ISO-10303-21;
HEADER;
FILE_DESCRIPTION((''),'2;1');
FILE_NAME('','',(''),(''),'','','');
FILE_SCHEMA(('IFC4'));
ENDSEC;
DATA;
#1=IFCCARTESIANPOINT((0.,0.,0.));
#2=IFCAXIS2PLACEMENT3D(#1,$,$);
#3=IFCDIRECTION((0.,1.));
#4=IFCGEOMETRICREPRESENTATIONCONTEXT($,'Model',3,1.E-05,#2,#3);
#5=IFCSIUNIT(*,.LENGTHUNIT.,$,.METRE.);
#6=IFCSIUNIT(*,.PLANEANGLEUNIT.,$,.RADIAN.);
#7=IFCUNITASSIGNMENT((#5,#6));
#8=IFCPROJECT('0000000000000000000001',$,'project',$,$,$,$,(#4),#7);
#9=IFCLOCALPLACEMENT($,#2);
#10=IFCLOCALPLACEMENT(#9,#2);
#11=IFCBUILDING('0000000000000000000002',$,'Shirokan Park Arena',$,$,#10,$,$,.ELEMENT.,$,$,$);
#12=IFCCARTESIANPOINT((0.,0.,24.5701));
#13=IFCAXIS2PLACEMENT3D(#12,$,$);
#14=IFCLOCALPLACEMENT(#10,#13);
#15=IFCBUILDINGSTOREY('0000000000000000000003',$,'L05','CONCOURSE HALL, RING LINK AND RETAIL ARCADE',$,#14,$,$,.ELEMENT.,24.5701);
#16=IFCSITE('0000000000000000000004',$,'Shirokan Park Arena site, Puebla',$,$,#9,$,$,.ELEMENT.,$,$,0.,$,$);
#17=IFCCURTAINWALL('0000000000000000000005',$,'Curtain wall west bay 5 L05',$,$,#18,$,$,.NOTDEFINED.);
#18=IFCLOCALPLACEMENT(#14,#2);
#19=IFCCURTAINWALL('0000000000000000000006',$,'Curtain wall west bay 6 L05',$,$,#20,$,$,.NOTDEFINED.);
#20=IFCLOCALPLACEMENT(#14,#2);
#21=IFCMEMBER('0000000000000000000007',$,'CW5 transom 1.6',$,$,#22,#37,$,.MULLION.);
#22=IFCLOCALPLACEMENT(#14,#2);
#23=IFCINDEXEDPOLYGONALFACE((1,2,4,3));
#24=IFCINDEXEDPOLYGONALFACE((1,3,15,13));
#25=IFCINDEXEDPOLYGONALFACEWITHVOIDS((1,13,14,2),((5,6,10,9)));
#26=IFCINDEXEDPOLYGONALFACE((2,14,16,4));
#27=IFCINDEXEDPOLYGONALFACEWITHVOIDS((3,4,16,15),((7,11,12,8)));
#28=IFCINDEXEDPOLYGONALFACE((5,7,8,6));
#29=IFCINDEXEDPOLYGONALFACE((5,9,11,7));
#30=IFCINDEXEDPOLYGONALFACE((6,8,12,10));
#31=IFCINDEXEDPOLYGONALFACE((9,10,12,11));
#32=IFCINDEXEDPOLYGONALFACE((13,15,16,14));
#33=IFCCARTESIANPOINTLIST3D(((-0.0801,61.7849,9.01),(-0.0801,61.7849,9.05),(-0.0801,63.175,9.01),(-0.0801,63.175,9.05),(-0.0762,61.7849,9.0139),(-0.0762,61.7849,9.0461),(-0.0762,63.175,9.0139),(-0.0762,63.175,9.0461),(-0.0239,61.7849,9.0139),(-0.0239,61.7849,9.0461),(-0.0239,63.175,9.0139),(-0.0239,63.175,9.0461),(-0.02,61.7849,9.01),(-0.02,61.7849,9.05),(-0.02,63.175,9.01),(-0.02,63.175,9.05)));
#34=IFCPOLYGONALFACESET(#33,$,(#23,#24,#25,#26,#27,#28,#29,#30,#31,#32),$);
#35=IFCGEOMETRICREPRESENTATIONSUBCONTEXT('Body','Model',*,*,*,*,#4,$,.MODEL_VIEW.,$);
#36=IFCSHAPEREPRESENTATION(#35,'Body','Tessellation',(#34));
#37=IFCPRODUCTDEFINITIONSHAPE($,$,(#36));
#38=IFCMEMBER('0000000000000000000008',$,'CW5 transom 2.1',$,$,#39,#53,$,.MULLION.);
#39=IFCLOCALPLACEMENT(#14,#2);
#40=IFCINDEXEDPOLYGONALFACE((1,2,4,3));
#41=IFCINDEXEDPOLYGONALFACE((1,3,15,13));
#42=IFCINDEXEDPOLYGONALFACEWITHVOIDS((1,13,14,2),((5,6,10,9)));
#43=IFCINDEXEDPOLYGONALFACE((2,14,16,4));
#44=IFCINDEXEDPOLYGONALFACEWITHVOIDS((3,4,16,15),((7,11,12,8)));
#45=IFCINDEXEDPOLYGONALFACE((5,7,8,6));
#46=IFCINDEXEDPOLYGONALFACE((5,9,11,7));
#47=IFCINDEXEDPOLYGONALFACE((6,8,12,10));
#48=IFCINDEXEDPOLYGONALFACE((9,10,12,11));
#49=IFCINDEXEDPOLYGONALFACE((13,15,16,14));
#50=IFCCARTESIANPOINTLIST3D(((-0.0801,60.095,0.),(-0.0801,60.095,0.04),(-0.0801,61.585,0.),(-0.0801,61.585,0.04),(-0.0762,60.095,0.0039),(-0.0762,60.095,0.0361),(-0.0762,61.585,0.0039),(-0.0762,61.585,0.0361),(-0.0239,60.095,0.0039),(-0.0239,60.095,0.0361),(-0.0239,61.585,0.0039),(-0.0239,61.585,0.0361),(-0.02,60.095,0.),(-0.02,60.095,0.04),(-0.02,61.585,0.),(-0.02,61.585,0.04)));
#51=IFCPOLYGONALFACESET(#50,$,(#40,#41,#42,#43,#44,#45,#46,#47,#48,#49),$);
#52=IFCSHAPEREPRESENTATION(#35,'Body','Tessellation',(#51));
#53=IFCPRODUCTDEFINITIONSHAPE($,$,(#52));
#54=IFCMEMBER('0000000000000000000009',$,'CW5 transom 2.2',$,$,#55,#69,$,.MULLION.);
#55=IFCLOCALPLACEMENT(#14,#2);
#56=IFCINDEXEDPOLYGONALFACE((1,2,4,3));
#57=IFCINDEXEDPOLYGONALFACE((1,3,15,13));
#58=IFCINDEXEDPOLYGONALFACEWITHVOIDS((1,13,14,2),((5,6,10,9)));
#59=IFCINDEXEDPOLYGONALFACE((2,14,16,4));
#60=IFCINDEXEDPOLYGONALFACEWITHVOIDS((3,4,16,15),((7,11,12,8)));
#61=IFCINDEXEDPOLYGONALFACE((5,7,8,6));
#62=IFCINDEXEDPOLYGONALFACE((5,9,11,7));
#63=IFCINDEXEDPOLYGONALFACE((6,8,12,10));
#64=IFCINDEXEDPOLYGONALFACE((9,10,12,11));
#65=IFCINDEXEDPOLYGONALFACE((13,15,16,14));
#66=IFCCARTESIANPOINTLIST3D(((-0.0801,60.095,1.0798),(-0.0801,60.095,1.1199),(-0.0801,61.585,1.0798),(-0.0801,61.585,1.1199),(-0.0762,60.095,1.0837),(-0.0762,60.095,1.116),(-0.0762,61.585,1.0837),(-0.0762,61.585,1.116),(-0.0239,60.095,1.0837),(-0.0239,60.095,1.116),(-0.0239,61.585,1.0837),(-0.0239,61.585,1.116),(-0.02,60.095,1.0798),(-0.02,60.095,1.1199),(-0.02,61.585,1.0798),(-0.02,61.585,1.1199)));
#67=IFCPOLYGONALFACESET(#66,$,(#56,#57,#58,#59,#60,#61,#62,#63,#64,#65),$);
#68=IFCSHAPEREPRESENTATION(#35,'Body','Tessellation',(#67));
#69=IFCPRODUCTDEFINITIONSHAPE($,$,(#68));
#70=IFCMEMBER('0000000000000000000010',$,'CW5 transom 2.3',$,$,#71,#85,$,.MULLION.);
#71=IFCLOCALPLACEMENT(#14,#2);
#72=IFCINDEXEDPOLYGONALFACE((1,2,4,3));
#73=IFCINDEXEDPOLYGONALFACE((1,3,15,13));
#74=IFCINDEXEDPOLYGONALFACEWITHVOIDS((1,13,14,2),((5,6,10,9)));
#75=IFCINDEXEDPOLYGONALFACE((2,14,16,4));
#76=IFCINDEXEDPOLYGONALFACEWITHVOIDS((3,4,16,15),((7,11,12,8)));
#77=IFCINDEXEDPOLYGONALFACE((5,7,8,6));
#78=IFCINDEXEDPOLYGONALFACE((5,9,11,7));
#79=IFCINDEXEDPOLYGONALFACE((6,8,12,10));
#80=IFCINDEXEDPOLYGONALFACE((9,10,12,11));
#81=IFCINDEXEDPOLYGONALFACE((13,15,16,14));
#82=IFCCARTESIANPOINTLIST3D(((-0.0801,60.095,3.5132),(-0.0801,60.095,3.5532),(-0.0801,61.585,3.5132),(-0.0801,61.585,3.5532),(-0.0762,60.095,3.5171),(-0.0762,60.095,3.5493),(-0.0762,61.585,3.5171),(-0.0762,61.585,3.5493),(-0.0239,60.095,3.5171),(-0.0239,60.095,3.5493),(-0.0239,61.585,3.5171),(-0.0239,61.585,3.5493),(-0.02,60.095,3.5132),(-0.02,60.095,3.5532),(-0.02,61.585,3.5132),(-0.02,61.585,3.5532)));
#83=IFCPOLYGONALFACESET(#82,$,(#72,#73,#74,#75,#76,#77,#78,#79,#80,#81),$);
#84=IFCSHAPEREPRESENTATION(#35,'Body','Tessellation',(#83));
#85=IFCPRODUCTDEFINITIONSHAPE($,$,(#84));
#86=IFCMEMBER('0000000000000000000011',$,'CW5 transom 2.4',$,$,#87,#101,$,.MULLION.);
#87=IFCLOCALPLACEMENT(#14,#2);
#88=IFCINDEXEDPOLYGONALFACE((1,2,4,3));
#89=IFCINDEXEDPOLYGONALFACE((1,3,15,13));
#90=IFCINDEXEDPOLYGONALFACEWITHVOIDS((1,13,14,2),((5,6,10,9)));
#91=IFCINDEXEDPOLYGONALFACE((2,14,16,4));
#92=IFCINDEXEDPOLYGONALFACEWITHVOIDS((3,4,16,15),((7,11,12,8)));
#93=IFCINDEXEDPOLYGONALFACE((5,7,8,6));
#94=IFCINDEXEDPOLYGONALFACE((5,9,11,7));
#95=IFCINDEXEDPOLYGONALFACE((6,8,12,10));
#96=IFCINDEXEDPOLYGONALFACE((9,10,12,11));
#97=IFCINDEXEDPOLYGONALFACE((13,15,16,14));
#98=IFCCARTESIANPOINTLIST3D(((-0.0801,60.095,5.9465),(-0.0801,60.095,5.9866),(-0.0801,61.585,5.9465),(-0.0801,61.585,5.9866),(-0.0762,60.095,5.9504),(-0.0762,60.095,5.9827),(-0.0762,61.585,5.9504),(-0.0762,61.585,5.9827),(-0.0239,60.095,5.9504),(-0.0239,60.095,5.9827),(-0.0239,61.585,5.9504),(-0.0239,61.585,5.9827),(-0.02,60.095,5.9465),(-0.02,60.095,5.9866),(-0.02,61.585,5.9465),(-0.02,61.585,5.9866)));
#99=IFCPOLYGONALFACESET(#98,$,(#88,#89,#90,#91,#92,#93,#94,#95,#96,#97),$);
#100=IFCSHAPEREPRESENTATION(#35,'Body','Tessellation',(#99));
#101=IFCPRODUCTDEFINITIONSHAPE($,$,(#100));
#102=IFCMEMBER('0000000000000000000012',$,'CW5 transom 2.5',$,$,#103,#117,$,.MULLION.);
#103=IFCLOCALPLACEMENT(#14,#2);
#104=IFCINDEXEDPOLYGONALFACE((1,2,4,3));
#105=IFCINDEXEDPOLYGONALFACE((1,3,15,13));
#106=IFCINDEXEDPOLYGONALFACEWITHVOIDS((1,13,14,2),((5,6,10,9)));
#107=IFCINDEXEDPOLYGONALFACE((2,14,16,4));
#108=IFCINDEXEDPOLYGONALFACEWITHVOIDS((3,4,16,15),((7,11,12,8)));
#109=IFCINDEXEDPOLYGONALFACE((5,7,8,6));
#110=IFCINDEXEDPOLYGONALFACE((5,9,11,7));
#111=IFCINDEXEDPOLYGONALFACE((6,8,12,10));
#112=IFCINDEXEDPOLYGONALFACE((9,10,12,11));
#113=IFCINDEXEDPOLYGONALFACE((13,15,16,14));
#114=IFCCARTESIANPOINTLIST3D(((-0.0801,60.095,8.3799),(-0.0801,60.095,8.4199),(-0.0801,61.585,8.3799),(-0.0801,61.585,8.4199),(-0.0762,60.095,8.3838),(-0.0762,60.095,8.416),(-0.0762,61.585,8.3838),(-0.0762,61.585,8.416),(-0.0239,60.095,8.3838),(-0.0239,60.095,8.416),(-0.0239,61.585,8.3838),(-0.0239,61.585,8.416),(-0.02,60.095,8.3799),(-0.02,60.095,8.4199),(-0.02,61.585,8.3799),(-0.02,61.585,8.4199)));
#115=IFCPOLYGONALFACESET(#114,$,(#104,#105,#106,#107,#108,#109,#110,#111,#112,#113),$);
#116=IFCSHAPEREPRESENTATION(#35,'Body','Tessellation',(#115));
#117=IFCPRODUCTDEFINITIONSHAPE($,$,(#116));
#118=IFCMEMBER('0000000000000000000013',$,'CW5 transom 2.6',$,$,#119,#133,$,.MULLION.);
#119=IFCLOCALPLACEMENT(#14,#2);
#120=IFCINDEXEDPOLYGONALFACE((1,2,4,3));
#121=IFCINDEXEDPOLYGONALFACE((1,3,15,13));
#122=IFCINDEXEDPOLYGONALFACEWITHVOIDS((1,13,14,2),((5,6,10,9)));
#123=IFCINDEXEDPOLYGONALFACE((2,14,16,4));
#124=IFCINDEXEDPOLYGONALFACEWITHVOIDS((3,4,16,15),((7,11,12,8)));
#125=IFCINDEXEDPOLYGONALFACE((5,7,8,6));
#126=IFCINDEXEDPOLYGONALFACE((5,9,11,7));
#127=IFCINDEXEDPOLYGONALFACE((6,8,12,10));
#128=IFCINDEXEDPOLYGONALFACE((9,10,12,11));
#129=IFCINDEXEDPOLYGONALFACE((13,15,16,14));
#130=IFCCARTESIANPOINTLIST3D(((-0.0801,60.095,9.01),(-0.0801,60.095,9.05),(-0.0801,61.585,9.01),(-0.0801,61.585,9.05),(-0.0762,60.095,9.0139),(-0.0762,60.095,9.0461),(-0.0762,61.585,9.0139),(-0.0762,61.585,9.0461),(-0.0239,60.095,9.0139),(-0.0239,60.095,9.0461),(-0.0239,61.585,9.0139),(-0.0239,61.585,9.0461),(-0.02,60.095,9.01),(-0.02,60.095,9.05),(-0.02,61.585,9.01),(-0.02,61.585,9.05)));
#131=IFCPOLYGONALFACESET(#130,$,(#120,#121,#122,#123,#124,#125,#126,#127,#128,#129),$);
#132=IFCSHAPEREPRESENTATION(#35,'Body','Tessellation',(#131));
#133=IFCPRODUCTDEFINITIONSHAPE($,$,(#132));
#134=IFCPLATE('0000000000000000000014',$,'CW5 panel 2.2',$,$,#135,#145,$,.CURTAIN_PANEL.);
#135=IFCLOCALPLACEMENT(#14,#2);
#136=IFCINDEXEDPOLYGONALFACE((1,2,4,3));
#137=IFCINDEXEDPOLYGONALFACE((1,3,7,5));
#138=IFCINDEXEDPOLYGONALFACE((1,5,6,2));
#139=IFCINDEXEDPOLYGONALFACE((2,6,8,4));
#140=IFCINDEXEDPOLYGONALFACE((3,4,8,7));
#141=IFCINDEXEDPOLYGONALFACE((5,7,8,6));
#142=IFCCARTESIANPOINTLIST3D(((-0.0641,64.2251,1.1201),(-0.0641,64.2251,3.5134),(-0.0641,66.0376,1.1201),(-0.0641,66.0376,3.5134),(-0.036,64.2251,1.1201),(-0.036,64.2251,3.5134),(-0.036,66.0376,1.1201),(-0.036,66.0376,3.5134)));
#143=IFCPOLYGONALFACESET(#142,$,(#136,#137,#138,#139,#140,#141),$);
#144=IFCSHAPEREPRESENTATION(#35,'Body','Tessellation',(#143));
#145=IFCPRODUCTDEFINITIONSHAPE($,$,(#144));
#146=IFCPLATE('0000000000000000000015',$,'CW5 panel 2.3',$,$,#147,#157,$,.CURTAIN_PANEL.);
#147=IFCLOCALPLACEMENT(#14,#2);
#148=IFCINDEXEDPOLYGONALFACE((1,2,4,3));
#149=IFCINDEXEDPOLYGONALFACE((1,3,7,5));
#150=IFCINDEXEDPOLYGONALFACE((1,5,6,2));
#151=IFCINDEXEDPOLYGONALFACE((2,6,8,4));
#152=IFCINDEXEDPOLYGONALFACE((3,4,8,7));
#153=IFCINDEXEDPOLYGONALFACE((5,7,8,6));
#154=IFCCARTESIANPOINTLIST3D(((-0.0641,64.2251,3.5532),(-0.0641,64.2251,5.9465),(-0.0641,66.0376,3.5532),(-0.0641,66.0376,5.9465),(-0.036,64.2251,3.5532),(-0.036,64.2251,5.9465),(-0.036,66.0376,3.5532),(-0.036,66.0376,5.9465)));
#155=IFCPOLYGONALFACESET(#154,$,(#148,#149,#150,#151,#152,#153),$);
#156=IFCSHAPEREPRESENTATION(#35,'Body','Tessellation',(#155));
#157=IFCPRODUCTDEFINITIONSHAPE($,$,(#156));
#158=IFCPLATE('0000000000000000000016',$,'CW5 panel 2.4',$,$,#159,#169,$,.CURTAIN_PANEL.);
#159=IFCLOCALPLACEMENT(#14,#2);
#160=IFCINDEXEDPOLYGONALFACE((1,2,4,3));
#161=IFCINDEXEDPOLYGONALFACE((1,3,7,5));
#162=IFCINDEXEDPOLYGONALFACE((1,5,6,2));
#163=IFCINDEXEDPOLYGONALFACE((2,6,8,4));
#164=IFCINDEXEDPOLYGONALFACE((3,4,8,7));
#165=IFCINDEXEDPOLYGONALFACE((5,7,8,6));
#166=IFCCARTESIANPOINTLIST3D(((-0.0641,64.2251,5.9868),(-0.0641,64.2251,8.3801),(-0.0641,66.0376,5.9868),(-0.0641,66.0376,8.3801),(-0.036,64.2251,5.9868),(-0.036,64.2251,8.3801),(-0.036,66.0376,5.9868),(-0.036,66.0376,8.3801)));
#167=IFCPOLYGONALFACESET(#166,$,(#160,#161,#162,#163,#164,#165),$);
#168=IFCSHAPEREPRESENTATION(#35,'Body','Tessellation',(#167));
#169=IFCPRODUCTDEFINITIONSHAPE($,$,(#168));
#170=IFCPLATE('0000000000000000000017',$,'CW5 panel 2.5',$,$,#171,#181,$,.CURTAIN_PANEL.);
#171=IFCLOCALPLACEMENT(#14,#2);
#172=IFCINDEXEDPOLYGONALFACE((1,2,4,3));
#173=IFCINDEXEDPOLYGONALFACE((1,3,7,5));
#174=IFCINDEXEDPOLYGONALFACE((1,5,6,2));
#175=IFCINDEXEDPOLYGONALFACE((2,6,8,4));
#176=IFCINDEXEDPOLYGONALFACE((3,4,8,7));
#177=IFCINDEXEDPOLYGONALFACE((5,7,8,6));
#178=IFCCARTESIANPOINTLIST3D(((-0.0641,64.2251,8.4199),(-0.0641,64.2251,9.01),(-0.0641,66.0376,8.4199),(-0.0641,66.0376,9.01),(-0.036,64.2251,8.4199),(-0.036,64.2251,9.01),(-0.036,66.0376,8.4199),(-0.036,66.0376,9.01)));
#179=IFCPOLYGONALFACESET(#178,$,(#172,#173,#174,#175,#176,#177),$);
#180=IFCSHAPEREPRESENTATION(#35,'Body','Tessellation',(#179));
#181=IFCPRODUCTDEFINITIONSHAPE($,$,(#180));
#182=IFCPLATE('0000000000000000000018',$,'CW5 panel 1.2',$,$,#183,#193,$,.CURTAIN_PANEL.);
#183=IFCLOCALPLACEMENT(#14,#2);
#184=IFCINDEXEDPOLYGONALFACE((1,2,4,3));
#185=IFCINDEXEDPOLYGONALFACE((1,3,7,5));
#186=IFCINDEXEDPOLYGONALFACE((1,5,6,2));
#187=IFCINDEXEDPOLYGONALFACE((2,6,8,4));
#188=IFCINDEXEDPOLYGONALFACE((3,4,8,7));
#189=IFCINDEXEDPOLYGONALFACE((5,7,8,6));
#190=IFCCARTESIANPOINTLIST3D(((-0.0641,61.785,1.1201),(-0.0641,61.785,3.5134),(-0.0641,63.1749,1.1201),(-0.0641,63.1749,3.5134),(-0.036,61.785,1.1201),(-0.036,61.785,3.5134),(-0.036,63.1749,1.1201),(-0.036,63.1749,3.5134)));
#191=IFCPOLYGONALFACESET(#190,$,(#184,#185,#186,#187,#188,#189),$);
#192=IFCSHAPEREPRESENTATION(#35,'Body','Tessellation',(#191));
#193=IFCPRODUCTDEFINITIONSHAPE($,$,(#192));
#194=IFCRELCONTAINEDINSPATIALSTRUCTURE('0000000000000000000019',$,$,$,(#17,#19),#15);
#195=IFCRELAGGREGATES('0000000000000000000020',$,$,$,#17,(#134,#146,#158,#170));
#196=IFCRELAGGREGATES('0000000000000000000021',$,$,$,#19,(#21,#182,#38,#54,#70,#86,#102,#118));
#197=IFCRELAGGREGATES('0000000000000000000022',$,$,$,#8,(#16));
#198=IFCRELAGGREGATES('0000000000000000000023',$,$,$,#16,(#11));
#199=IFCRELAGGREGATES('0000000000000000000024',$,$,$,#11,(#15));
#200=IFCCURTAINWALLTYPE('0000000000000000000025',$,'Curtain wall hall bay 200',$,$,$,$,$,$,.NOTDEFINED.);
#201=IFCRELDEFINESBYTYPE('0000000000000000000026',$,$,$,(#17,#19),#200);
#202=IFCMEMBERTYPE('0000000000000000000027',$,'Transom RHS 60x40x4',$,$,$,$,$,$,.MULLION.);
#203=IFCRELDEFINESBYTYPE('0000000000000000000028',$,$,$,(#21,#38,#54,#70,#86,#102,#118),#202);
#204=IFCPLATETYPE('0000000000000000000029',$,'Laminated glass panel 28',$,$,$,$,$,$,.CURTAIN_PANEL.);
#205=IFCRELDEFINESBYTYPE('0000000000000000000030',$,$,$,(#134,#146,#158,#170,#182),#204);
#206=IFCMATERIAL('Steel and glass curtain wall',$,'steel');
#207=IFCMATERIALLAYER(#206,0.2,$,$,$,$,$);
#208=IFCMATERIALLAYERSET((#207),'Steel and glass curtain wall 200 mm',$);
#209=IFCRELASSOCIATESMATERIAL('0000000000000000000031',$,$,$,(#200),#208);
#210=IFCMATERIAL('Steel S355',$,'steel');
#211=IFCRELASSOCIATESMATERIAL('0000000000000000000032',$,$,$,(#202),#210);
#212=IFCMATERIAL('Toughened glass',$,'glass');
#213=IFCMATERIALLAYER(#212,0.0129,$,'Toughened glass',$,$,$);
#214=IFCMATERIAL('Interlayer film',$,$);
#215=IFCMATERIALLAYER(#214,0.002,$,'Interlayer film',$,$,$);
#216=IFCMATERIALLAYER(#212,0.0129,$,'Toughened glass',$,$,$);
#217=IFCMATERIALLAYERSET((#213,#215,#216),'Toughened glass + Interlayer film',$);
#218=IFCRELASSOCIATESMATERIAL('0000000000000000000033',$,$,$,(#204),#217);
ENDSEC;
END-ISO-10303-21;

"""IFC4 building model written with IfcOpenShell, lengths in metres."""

from ifc_helpers import new_model, si_unit, direction, frame, origin, origin_2d, place, context, subcontext, project, spatial, rectangle, hollow_rectangle, extrude, material, layer, layer_set, material_profile, profile_set, type_object, element, aggregate, save


model = new_model("IFC4")

# Units and contexts
model_context = context("Model", 3, precision=1e-05, world=origin(), true_north=direction((0.0, 1.0)))
body_context = subcontext(model_context, "Body", "Model", "MODEL_VIEW")
ifc_project = project(units=[si_unit("LENGTHUNIT", "METRE"), si_unit("PLANEANGLEUNIT", "RADIAN")], contexts=[model_context])

# Site, building, storey
site_placement = place(None, origin())
site = spatial("IfcSite", under=ifc_project, at=site_placement, Name="Shirokan Park Arena site, Puebla", CompositionType="ELEMENT", RefElevation=0.0)
building_placement = place(site_placement, origin())
building = spatial("IfcBuilding", under=site, at=building_placement, Name="Shirokan Park Arena", CompositionType="ELEMENT")
storey_placement = place(building_placement, frame((0.0, 0.0, 24.5701)))
storey = spatial("IfcBuildingStorey", under=building, at=storey_placement, Name="L05", Description="CONCOURSE HALL, RING LINK AND RETAIL ARCADE", CompositionType="ELEMENT", Elevation=24.5701)

# Curtain wall
ifc_material_1 = material(Name="Steel and glass curtain wall", Category="steel")
ifc_layer_1 = layer(ifc_material_1, 0.2)
ifc_layer_set_1 = layer_set([ifc_layer_1], Name="Steel and glass curtain wall 200 mm")
curtain_wall_type = type_object("IfcCurtainWallType", Name="Curtain wall hall bay 200", PredefinedType="NOTDEFINED", material=ifc_layer_set_1)
curtain_wall_1_placement = place(storey_placement, origin())
curtain_wall_1 = element("IfcCurtainWall", 1, at=curtain_wall_1_placement, inside=storey, type_object=curtain_wall_type, Name="Curtain wall west bay 5 L05", PredefinedType="NOTDEFINED")
ifc_material_2 = material(Name="Steel S355", Category="steel")

# Curtain wall
curtain_wall_2_placement = place(storey_placement, origin())
curtain_wall_2 = element("IfcCurtainWall", 2, at=curtain_wall_2_placement, inside=storey, type_object=curtain_wall_type, Name="Curtain wall west bay 6 L05", PredefinedType="NOTDEFINED")

# Members
ifc_material_profile_1 = material_profile(ifc_material_2, hollow_rectangle(XDim=0.0601, YDim=0.04, WallThickness=0.0039, at=origin_2d()), Name="RHS 60x40x4")
ifc_profile_set_1 = profile_set([ifc_material_profile_1], Name="Steel S355")
member_type_1 = type_object("IfcMemberType", Name="Transom RHS 60x40x4", PredefinedType="MULLION", material=ifc_profile_set_1)
member_1_placement = place(storey_placement, frame((-0.05, 63.175, 9.03), z_axis=(0.0, -1.0, 0.0), x_axis=(1.0, 0.0, 0.0)))
member_1 = element("IfcMember", 3, at=member_1_placement, type_object=member_type_1, Name="CW5 transom 1.6", PredefinedType="MULLION", context=body_context, shape_type="SweptSolid", body=[
    extrude(hollow_rectangle(XDim=0.0601, YDim=0.04, WallThickness=0.0039, at=origin_2d()), origin(), (0.0, 0.0, 1.0), 1.3901),
])
member_2_placement = place(storey_placement, frame((-0.05, 61.585, 0.02), z_axis=(0.0, -1.0, 0.0), x_axis=(1.0, 0.0, 0.0)))
member_2 = element("IfcMember", 4, at=member_2_placement, type_object=member_type_1, Name="CW5 transom 2.1", PredefinedType="MULLION", context=body_context, shape_type="SweptSolid", body=[
    extrude(hollow_rectangle(XDim=0.0601, YDim=0.04, WallThickness=0.0039, at=origin_2d()), origin(), (0.0, 0.0, 1.0), 1.49),
])
member_3_placement = place(storey_placement, frame((-0.05, 61.585, 1.0999), z_axis=(0.0, -1.0, 0.0), x_axis=(1.0, 0.0, 0.0)))
member_3 = element("IfcMember", 5, at=member_3_placement, type_object=member_type_1, Name="CW5 transom 2.2", PredefinedType="MULLION", context=body_context, shape_type="SweptSolid", body=[
    extrude(hollow_rectangle(XDim=0.0601, YDim=0.04, WallThickness=0.0039, at=origin_2d()), origin(), (0.0, 0.0, 1.0), 1.49),
])
member_4_placement = place(storey_placement, frame((-0.05, 61.585, 3.5332), z_axis=(0.0, -1.0, 0.0), x_axis=(1.0, 0.0, 0.0)))
member_4 = element("IfcMember", 6, at=member_4_placement, type_object=member_type_1, Name="CW5 transom 2.3", PredefinedType="MULLION", context=body_context, shape_type="SweptSolid", body=[
    extrude(hollow_rectangle(XDim=0.0601, YDim=0.04, WallThickness=0.0039, at=origin_2d()), origin(), (0.0, 0.0, 1.0), 1.49),
])
member_5_placement = place(storey_placement, frame((-0.05, 61.585, 5.9666), z_axis=(0.0, -1.0, 0.0), x_axis=(1.0, 0.0, 0.0)))
member_5 = element("IfcMember", 7, at=member_5_placement, type_object=member_type_1, Name="CW5 transom 2.4", PredefinedType="MULLION", context=body_context, shape_type="SweptSolid", body=[
    extrude(hollow_rectangle(XDim=0.0601, YDim=0.04, WallThickness=0.0039, at=origin_2d()), origin(), (0.0, 0.0, 1.0), 1.49),
])
member_6_placement = place(storey_placement, frame((-0.05, 61.585, 8.3999), z_axis=(0.0, -1.0, 0.0), x_axis=(1.0, 0.0, 0.0)))
member_6 = element("IfcMember", 8, at=member_6_placement, type_object=member_type_1, Name="CW5 transom 2.5", PredefinedType="MULLION", context=body_context, shape_type="SweptSolid", body=[
    extrude(hollow_rectangle(XDim=0.0601, YDim=0.04, WallThickness=0.0039, at=origin_2d()), origin(), (0.0, 0.0, 1.0), 1.49),
])
member_7_placement = place(storey_placement, frame((-0.05, 61.585, 9.03), z_axis=(0.0, -1.0, 0.0), x_axis=(1.0, 0.0, 0.0)))
member_7 = element("IfcMember", 9, at=member_7_placement, type_object=member_type_1, Name="CW5 transom 2.6", PredefinedType="MULLION", context=body_context, shape_type="SweptSolid", body=[
    extrude(hollow_rectangle(XDim=0.0601, YDim=0.04, WallThickness=0.0039, at=origin_2d()), origin(), (0.0, 0.0, 1.0), 1.49),
])

# Plates
ifc_material_3 = material(Name="Toughened glass", Category="glass")
ifc_layer_2 = layer(ifc_material_3, 0.0129, Name="Toughened glass")
ifc_material_4 = material(Name="Interlayer film")
ifc_layer_3 = layer(ifc_material_4, 0.002, Name="Interlayer film")
ifc_layer_4 = layer(ifc_material_3, 0.0129, Name="Toughened glass")
ifc_layer_set_2 = layer_set([ifc_layer_2, ifc_layer_3, ifc_layer_4], Name="Toughened glass + Interlayer film")
plate_type_1 = type_object("IfcPlateType", Name="Laminated glass panel 28", PredefinedType="CURTAIN_PANEL", material=ifc_layer_set_2)
plate_1_placement = place(storey_placement, frame((-0.05, 65.1313, 1.1201), z_axis=(0.0, 0.0, 1.0), x_axis=(0.0, -1.0, 0.0)))
plate_1 = element("IfcPlate", 10, at=plate_1_placement, type_object=plate_type_1, Name="CW5 panel 2.2", PredefinedType="CURTAIN_PANEL", context=body_context, shape_type="SweptSolid", body=[
    extrude(rectangle(XDim=1.8125, YDim=0.0281, at=origin_2d()), origin(), (0.0, 0.0, 1.0), 2.3933),
])
plate_2_placement = place(storey_placement, frame((-0.05, 65.1313, 3.5532), z_axis=(0.0, 0.0, 1.0), x_axis=(0.0, -1.0, 0.0)))
plate_2 = element("IfcPlate", 11, at=plate_2_placement, type_object=plate_type_1, Name="CW5 panel 2.3", PredefinedType="CURTAIN_PANEL", context=body_context, shape_type="SweptSolid", body=[
    extrude(rectangle(XDim=1.8125, YDim=0.0281, at=origin_2d()), origin(), (0.0, 0.0, 1.0), 2.3933),
])
plate_3_placement = place(storey_placement, frame((-0.05, 65.1313, 5.9868), z_axis=(0.0, 0.0, 1.0), x_axis=(0.0, -1.0, 0.0)))
plate_3 = element("IfcPlate", 12, at=plate_3_placement, type_object=plate_type_1, Name="CW5 panel 2.4", PredefinedType="CURTAIN_PANEL", context=body_context, shape_type="SweptSolid", body=[
    extrude(rectangle(XDim=1.8125, YDim=0.0281, at=origin_2d()), origin(), (0.0, 0.0, 1.0), 2.3933),
])
plate_4_placement = place(storey_placement, frame((-0.05, 65.1313, 8.4199), z_axis=(0.0, 0.0, 1.0), x_axis=(0.0, -1.0, 0.0)))
plate_4 = element("IfcPlate", 13, at=plate_4_placement, type_object=plate_type_1, Name="CW5 panel 2.5", PredefinedType="CURTAIN_PANEL", context=body_context, shape_type="SweptSolid", body=[
    extrude(rectangle(XDim=1.8125, YDim=0.0281, at=origin_2d()), origin(), (0.0, 0.0, 1.0), 0.5901),
])
plate_5_placement = place(storey_placement, frame((-0.05, 62.48, 1.1201), z_axis=(0.0, 0.0, 1.0), x_axis=(0.0, -1.0, 0.0)))
plate_5 = element("IfcPlate", 14, at=plate_5_placement, type_object=plate_type_1, Name="CW5 panel 1.2", PredefinedType="CURTAIN_PANEL", context=body_context, shape_type="SweptSolid", body=[
    extrude(rectangle(XDim=1.3899, YDim=0.0281, at=origin_2d()), origin(), (0.0, 0.0, 1.0), 2.3933),
])
aggregate(curtain_wall_1, [plate_1, plate_2, plate_3, plate_4])
aggregate(curtain_wall_2, [member_1, plate_5, member_2, member_3, member_4, member_5, member_6, member_7])

save(model, "model.ifc")
